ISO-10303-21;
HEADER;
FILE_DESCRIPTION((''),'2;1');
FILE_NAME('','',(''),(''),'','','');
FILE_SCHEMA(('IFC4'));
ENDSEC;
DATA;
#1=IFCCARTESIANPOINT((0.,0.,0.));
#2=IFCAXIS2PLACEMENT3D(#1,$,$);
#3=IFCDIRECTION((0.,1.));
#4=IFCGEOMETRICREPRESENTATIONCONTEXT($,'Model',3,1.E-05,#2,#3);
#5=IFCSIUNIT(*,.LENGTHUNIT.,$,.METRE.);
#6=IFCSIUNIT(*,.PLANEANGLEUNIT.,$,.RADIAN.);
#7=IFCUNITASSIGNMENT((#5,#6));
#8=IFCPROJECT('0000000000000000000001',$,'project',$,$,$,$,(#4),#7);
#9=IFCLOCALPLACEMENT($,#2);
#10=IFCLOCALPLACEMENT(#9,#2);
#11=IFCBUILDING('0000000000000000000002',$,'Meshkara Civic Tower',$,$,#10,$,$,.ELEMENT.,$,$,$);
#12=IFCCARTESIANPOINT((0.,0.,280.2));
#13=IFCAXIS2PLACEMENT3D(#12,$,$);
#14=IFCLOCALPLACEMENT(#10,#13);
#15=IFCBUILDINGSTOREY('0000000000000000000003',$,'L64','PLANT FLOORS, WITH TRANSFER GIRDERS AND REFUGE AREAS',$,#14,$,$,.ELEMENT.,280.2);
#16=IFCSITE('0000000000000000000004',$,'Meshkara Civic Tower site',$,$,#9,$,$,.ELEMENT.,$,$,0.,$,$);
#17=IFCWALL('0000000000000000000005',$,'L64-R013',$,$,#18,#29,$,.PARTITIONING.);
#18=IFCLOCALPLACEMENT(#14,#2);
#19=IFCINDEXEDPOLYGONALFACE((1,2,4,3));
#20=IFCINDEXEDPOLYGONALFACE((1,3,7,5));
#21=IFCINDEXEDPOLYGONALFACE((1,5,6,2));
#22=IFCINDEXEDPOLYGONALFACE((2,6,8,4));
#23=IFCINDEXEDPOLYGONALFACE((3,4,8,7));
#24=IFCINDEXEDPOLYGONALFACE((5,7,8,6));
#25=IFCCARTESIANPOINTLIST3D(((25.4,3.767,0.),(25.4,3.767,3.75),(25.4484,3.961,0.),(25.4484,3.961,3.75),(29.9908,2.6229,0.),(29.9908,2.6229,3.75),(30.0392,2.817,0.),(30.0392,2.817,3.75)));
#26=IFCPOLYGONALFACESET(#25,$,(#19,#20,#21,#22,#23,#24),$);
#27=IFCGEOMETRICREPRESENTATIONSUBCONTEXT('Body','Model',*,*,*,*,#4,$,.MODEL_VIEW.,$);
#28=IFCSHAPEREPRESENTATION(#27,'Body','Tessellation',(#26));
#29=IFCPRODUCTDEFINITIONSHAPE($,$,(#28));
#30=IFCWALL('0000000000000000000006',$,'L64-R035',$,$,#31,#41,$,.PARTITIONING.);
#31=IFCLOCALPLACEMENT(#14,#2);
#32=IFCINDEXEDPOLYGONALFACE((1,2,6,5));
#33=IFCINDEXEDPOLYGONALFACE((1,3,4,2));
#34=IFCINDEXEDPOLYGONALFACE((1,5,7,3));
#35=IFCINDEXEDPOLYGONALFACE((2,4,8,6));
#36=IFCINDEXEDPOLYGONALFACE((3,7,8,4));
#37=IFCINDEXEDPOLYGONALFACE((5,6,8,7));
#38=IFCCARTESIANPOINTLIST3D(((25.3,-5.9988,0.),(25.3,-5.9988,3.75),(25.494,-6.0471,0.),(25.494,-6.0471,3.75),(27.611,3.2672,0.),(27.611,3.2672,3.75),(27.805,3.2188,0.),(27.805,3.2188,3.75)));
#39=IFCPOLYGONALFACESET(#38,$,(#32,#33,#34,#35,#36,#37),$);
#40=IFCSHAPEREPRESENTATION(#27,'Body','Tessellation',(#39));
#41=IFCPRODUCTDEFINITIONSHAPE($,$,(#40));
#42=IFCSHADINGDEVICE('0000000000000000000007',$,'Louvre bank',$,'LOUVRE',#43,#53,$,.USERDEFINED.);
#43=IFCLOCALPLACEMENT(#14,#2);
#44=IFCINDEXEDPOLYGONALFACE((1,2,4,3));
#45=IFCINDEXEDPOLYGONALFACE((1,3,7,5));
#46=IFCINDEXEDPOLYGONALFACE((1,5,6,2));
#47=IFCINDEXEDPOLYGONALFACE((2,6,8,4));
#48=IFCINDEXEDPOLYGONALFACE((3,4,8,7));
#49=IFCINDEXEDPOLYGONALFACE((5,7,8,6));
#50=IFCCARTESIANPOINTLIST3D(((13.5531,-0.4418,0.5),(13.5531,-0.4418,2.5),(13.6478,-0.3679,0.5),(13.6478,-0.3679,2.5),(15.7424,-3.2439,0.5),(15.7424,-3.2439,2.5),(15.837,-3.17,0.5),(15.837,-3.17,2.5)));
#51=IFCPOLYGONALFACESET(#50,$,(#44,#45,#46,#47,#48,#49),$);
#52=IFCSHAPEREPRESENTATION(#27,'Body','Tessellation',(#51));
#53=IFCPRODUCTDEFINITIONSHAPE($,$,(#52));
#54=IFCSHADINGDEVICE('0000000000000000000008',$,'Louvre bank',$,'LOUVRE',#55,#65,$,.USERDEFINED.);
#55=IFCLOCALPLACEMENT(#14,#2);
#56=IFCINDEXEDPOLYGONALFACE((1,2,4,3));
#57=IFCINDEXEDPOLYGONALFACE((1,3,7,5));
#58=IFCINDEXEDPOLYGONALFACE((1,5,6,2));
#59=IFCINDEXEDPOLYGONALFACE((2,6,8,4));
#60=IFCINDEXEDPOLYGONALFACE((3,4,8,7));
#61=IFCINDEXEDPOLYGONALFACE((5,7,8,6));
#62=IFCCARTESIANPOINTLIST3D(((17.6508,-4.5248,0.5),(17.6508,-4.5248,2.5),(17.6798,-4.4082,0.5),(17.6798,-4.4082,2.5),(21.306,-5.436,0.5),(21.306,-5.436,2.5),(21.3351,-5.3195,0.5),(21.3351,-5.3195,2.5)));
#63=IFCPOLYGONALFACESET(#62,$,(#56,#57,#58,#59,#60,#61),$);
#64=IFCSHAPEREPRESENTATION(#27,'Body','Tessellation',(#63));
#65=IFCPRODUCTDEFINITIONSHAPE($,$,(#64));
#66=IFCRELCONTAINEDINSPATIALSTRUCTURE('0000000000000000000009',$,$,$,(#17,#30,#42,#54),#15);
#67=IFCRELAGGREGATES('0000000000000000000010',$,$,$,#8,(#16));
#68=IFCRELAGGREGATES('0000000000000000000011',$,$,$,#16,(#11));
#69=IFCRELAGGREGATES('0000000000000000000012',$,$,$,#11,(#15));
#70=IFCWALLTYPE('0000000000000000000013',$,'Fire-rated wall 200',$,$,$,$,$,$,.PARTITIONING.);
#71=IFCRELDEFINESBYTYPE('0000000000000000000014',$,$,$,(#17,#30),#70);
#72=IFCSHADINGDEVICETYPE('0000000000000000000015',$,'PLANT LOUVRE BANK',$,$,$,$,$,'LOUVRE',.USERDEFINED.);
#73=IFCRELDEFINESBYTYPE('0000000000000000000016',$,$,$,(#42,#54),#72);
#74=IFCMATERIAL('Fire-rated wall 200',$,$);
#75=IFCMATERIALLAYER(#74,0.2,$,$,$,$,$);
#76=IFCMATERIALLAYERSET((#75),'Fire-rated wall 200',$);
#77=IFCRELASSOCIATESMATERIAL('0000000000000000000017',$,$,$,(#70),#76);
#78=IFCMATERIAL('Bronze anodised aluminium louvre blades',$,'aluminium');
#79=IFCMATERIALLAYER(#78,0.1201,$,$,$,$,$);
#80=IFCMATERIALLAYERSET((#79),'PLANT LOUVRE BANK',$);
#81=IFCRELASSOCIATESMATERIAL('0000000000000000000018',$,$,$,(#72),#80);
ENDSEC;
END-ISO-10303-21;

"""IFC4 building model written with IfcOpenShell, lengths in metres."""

from ifc_helpers import new_model, si_unit, direction, frame, frame_2d, origin, origin_2d, place, context, subcontext, project, spatial, rectangle, extrude, material, layer, layer_set, type_object, element, save


model = new_model("IFC4")

# Units and contexts
model_context = context("Model", 3, precision=1e-05, world=origin(), true_north=direction((0.0, 1.0)))
body_context = subcontext(model_context, "Body", "Model", "MODEL_VIEW")
ifc_project = project(units=[si_unit("LENGTHUNIT", "METRE"), si_unit("PLANEANGLEUNIT", "RADIAN")], contexts=[model_context])

# Site, building, storey
site_placement = place(None, origin())
site = spatial("IfcSite", under=ifc_project, at=site_placement, Name="Meshkara Civic Tower site", CompositionType="ELEMENT", RefElevation=0.0)
building_placement = place(site_placement, origin())
building = spatial("IfcBuilding", under=site, at=building_placement, Name="Meshkara Civic Tower", CompositionType="ELEMENT")
storey_placement = place(building_placement, frame((0.0, 0.0, 280.2)))
storey = spatial("IfcBuildingStorey", under=building, at=storey_placement, Name="L64", Description="PLANT FLOORS, WITH TRANSFER GIRDERS AND REFUGE AREAS", CompositionType="ELEMENT", Elevation=280.2)

# Walls
ifc_material_1 = material(Name="Fire-rated wall 200")
ifc_layer_1 = layer(ifc_material_1, 0.2)
ifc_layer_set_1 = layer_set([ifc_layer_1], Name="Fire-rated wall 200")
wall_type_1 = type_object("IfcWallType", Name="Fire-rated wall 200", PredefinedType="PARTITIONING", material=ifc_layer_set_1)
wall_1_placement = place(storey_placement, frame((25.4241, 3.864, 0.0), z_axis=(0.0, 0.0, 1.0), x_axis=(0.970324, -0.241807, 0.0)))
element("IfcWall", 1, at=wall_1_placement, inside=storey, type_object=wall_type_1, Name="L64-R013", PredefinedType="PARTITIONING", context=body_context, shape_type="SweptSolid", body=[
    extrude(rectangle(XDim=4.7312, YDim=0.2, at=frame_2d((2.3657, 0.0))), origin(), (0.0, 0.0, 1.0), 3.75),
])
wall_2_placement = place(storey_placement, frame((25.397, -6.0229, 0.0), z_axis=(0.0, 0.0, 1.0), x_axis=(0.242, 0.970276, 0.0)))
element("IfcWall", 2, at=wall_2_placement, inside=storey, type_object=wall_type_1, Name="L64-R035", PredefinedType="PARTITIONING", context=body_context, shape_type="SweptSolid", body=[
    extrude(rectangle(XDim=9.5498, YDim=0.2, at=frame_2d((4.7749, 0.0))), origin(), (0.0, 0.0, 1.0), 3.75),
])

# Shading devices
ifc_material_2 = material(Name="Bronze anodised aluminium louvre blades", Category="aluminium")
ifc_layer_2 = layer(ifc_material_2, 0.1201)
ifc_layer_set_2 = layer_set([ifc_layer_2], Name="PLANT LOUVRE BANK")
shading_device_type = type_object("IfcShadingDeviceType", Name="PLANT LOUVRE BANK", ElementType="LOUVRE", PredefinedType="USERDEFINED", material=ifc_layer_set_2)
shading_device_1_placement = place(storey_placement, frame((14.6951, -1.8059, 0.5), z_axis=(0.0, 0.0, 1.0), x_axis=(0.615661, -0.788011, 0.0)))
element("IfcShadingDevice", 3, at=shading_device_1_placement, inside=storey, type_object=shading_device_type, Name="Louvre bank", ObjectType="LOUVRE", PredefinedType="USERDEFINED", context=body_context, shape_type="SweptSolid", body=[
    extrude(rectangle(XDim=3.5559, YDim=0.1201, at=origin_2d()), origin(), (0.0, 0.0, 1.0), 2.0),
])
shading_device_2_placement = place(storey_placement, frame((19.4929, -4.9221, 0.5), z_axis=(0.0, 0.0, 1.0), x_axis=(0.9703, -0.241905, 0.0)))
element("IfcShadingDevice", 4, at=shading_device_2_placement, inside=storey, type_object=shading_device_type, Name="Louvre bank", ObjectType="LOUVRE", PredefinedType="USERDEFINED", context=body_context, shape_type="SweptSolid", body=[
    extrude(rectangle(XDim=3.7671, YDim=0.1201, at=origin_2d()), origin(), (0.0, 0.0, 1.0), 2.0),
])

save(model, "model.ifc")
